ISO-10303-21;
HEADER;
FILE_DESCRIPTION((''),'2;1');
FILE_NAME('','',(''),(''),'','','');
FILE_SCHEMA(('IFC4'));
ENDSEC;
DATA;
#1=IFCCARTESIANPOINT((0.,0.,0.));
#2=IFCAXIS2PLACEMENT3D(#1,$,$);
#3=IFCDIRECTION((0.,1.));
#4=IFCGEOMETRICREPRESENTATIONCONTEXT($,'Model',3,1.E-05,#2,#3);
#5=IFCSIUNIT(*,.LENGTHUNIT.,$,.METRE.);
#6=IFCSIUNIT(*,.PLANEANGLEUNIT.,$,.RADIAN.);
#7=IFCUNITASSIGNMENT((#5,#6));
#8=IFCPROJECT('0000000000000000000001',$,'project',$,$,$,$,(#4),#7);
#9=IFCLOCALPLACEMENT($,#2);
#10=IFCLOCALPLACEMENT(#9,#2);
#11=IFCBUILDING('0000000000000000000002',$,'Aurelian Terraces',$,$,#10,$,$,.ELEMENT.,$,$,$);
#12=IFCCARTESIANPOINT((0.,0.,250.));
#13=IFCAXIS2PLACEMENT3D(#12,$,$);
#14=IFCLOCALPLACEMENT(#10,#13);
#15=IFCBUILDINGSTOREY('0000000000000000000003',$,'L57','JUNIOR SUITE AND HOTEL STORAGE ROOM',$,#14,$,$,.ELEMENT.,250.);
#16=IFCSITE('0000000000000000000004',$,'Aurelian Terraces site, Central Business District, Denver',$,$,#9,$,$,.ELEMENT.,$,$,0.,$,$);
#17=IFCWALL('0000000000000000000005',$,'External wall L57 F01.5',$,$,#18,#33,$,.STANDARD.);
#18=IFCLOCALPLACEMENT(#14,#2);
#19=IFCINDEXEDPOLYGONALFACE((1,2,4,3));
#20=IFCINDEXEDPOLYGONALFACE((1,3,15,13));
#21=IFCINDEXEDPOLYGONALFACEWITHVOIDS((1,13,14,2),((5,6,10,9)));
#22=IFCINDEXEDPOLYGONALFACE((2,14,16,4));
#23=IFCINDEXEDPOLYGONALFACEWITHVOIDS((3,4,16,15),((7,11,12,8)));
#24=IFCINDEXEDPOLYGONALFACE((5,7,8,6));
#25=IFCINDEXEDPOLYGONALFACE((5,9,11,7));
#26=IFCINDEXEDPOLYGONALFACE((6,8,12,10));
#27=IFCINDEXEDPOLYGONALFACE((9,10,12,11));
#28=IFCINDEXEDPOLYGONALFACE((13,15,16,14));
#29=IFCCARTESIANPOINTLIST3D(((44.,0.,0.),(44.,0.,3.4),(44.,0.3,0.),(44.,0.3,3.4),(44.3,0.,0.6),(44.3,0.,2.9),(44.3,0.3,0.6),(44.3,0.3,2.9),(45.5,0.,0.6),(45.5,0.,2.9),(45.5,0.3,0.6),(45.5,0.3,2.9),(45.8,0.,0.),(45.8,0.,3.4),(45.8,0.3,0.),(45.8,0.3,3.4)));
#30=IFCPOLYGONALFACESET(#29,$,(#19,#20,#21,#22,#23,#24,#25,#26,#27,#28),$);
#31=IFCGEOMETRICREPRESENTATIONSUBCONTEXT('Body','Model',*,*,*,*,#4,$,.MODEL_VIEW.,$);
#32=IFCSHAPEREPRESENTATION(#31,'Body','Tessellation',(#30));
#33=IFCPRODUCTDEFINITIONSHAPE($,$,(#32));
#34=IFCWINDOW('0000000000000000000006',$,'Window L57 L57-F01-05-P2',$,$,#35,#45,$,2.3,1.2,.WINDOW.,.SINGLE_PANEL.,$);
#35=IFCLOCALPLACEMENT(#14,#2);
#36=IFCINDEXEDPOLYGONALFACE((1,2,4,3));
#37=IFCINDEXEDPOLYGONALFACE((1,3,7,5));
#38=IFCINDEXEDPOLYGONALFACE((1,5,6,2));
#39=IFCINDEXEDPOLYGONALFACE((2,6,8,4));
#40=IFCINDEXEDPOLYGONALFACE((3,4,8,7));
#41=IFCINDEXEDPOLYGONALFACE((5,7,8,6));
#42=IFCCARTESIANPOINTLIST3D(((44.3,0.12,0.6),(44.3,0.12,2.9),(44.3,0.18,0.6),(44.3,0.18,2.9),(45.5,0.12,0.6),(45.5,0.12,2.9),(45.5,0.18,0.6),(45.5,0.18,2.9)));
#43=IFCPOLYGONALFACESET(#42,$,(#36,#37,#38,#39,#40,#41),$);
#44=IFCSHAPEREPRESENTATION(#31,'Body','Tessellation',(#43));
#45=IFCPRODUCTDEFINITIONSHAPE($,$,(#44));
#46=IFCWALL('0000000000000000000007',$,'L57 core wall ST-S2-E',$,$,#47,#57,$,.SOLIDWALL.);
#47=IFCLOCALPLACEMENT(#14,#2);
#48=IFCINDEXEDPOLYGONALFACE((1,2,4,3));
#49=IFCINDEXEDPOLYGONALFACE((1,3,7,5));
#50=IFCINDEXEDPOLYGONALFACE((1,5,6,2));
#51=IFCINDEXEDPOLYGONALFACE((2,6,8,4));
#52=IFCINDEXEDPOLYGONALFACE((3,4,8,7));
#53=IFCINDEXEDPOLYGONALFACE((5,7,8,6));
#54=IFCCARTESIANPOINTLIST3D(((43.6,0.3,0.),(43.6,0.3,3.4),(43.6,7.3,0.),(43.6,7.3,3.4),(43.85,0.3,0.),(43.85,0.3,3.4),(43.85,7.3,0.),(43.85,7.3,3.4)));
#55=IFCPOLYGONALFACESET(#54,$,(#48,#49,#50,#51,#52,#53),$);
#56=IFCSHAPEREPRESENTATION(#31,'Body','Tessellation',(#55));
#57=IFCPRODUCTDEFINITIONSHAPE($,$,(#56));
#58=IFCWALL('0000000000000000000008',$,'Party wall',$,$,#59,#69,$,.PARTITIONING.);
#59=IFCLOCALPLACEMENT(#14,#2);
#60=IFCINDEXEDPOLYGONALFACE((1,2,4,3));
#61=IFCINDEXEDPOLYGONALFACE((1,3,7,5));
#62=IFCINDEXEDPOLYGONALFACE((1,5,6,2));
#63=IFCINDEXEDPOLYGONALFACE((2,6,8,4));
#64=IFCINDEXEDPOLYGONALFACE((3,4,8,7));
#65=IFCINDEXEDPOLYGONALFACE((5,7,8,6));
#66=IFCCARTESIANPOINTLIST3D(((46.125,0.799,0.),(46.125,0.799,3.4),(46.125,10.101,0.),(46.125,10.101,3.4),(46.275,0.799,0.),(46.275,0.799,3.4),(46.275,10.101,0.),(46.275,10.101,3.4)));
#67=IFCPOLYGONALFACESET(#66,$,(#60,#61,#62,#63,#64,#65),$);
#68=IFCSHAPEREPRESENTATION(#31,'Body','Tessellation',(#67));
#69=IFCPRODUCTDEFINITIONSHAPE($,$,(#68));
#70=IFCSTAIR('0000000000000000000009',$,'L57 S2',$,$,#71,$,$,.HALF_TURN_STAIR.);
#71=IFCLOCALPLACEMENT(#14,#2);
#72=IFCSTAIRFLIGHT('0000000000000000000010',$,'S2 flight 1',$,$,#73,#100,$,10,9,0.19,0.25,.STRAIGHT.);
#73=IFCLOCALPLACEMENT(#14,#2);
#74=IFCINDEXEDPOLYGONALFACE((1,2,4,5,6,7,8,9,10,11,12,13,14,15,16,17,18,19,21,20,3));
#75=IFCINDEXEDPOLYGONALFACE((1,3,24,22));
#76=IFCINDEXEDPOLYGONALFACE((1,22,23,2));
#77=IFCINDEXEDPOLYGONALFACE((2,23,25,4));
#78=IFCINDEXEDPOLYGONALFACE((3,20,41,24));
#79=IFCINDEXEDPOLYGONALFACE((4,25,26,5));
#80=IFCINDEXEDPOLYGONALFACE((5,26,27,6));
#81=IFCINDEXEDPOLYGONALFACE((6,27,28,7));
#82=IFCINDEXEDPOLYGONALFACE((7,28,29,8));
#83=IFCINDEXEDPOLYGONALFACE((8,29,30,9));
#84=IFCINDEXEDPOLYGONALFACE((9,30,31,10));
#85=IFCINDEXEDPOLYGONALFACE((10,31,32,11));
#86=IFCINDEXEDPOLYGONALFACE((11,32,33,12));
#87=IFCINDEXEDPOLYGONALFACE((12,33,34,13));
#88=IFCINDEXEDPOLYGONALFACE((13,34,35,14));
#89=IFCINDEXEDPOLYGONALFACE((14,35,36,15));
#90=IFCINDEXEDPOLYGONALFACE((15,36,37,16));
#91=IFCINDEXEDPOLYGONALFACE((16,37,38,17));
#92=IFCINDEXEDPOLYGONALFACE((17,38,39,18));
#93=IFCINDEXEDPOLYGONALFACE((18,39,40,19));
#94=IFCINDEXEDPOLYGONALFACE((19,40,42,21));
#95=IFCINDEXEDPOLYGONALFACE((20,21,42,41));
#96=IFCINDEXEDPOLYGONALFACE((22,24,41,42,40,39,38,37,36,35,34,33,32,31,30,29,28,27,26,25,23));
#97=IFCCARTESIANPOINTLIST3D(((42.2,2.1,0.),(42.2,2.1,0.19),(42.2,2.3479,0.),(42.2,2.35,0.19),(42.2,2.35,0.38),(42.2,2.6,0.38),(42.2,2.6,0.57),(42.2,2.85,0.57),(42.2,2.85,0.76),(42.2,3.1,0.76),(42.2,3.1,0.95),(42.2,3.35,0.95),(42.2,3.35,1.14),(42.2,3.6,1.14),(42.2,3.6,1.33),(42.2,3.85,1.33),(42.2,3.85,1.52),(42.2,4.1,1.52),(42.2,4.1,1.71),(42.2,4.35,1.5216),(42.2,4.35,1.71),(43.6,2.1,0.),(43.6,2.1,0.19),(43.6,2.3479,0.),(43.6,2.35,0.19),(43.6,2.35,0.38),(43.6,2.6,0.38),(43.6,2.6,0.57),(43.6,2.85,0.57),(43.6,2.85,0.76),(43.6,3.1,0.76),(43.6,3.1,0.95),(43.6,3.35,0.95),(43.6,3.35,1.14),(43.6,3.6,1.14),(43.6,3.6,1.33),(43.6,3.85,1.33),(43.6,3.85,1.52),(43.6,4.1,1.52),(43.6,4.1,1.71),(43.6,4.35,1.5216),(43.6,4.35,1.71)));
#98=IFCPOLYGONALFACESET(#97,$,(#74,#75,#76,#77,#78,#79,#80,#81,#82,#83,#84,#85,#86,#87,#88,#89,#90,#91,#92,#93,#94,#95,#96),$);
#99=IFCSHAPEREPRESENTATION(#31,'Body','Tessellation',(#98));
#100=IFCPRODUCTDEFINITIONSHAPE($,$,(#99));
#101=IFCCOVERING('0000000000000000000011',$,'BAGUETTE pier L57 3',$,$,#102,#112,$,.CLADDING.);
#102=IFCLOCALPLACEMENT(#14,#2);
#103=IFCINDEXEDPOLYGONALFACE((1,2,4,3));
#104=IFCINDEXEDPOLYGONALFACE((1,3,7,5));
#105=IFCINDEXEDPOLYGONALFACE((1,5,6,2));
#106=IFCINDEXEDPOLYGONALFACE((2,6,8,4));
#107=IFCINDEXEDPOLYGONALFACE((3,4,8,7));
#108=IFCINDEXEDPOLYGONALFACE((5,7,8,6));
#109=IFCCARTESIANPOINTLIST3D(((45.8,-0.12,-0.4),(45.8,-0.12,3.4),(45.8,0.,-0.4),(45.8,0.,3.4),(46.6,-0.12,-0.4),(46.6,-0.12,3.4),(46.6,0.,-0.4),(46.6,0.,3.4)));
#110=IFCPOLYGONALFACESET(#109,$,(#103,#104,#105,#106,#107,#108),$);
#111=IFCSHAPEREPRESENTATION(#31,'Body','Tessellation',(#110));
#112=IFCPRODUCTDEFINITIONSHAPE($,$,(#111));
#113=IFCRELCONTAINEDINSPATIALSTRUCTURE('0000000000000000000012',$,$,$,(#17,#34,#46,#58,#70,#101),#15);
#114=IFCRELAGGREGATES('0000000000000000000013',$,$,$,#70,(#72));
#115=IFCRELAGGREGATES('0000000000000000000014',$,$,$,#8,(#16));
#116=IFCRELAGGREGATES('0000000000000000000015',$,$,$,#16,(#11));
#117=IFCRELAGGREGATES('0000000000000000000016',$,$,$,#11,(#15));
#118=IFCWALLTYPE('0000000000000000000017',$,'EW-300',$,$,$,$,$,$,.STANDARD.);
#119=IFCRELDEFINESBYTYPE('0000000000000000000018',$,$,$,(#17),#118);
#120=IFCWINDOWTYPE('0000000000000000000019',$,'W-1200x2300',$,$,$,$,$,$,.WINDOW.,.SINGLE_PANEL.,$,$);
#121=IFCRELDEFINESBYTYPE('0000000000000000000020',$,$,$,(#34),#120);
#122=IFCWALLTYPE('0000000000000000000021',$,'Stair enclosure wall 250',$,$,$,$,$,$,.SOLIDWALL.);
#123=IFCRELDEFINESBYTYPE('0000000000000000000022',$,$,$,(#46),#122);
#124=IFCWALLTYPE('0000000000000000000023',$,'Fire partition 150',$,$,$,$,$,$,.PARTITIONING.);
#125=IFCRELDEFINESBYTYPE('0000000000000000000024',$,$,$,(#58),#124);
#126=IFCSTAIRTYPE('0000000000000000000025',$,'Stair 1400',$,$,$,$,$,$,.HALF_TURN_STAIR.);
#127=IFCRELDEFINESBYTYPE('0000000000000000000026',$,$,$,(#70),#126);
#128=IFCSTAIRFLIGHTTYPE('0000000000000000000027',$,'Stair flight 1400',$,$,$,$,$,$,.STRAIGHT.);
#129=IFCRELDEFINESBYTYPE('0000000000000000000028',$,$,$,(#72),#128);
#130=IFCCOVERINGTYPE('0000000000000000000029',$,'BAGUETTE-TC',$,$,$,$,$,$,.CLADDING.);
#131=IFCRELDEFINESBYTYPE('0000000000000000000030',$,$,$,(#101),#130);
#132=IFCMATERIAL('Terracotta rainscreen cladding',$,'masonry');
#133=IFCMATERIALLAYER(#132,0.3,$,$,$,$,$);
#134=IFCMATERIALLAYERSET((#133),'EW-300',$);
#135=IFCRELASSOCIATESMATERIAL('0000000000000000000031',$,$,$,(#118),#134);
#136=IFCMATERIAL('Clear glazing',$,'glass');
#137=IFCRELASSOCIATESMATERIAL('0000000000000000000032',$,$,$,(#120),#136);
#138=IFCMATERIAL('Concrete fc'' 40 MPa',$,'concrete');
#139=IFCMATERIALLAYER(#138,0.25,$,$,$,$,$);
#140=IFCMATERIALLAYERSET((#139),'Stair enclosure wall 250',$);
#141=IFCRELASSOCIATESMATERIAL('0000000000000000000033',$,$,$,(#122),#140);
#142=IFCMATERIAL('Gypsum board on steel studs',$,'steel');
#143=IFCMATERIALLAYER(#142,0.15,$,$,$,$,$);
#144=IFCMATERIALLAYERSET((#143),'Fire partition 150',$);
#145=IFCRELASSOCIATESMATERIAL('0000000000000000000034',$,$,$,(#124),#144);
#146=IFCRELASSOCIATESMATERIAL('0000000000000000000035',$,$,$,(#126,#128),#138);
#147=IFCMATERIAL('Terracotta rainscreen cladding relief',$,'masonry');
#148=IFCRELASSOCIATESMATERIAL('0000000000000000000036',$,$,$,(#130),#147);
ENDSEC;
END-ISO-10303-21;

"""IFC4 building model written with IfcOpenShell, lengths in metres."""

from ifc_helpers import new_model, si_unit, direction, frame, frame_2d, origin, origin_2d, place, context, subcontext, project, spatial, polyline, rectangle, outline, extrude, source, transform, mapped, material, layer, layer_set, type_object, element, fill, aggregate, save


model = new_model("IFC4")

# Units and contexts
model_context = context("Model", 3, precision=1e-05, world=origin(), true_north=direction((0.0, 1.0)))
body_context = subcontext(model_context, "Body", "Model", "MODEL_VIEW")
ifc_project = project(units=[si_unit("LENGTHUNIT", "METRE"), si_unit("PLANEANGLEUNIT", "RADIAN")], contexts=[model_context])

# Site, building, storey
site_placement = place(None, origin())
site = spatial("IfcSite", under=ifc_project, at=site_placement, Name="Aurelian Terraces site, Central Business District, Denver", CompositionType="ELEMENT", RefElevation=0.0)
building_placement = place(site_placement, origin())
building = spatial("IfcBuilding", under=site, at=building_placement, Name="Aurelian Terraces", CompositionType="ELEMENT")
storey_placement = place(building_placement, frame((0.0, 0.0, 250.0)))
storey = spatial("IfcBuildingStorey", under=building, at=storey_placement, Name="L57", Description="JUNIOR SUITE AND HOTEL STORAGE ROOM", CompositionType="ELEMENT", Elevation=250.0)

# Shared definitions
ifc_material_1 = material(Name="Terracotta rainscreen cladding", Category="masonry")
ifc_layer_1 = layer(ifc_material_1, 0.3)
ifc_layer_set_1 = layer_set([ifc_layer_1], Name="EW-300")
wall_type_1 = type_object("IfcWallType", Name="EW-300", PredefinedType="STANDARD", material=ifc_layer_set_1)
ifc_material_2 = material(Name="Clear glazing", Category="glass")
shared_shape_1 = source(origin(), body_context, "Body", "SweptSolid", [
    extrude(rectangle(XDim=1.2, YDim=2.3, at=frame_2d((0.6, 1.15))), frame((0.0, 0.16, 0.0), z_axis=(0.0, -1.0, 0.0), x_axis=(1.0, 0.0, 0.0)), (0.0, 0.0, 1.0), 0.32),
])
window_type_1 = type_object("IfcWindowType", Name="W-1200x2300", PartitioningType="SINGLE_PANEL", PredefinedType="WINDOW", material=ifc_material_2)
shared_shape_2 = source(origin(), body_context, "Body", "SweptSolid", [
    extrude(rectangle(XDim=1.2, YDim=2.3, at=frame_2d((0.6, 1.15))), frame((0.0, 0.03, 0.0), z_axis=(0.0, -1.0, 0.0), x_axis=(1.0, 0.0, 0.0)), (0.0, 0.0, 1.0), 0.06),
])

# Wall, opening, window
shared_shape_3 = source(origin(), body_context, "Body", "SweptSolid", [
    extrude(rectangle(XDim=1.8, YDim=0.3, at=frame_2d((0.9, 0.0))), origin(), (0.0, 0.0, 1.0), 3.4),
])
wall_1_placement = place(storey_placement, frame((44.0, 0.15, 0.0), z_axis=(0.0, 0.0, 1.0), x_axis=(1.0, 0.0, 0.0)))
wall_1 = element("IfcWall", 1, at=wall_1_placement, inside=storey, type_object=wall_type_1, Name="External wall L57 F01.5", PredefinedType="STANDARD", context=body_context, shape_type="MappedRepresentation", body=[
    mapped(shared_shape_3, transform((0.0, 0.0, 0.0), scale=1.0)),
])
opening_1_placement = place(wall_1_placement, frame((0.3, 0.0, 0.6)))
opening_1 = element("IfcOpeningElement", 2, at=opening_1_placement, cuts=wall_1, PredefinedType="OPENING", context=body_context, shape_type="MappedRepresentation", body=[
    mapped(shared_shape_1, transform((0.0, 0.0, 0.0), scale=1.0)),
])
window_1_placement = place(opening_1_placement, origin())
window_1 = element("IfcWindow", 3, at=window_1_placement, inside=storey, type_object=window_type_1, Name="Window L57 L57-F01-05-P2", OverallHeight=2.3, OverallWidth=1.2, PartitioningType="SINGLE_PANEL", PredefinedType="WINDOW", context=body_context, shape_type="MappedRepresentation", body=[
    mapped(shared_shape_2, transform((0.0, 0.0, 0.0), scale=1.0)),
])
fill(opening_1, window_1)

# Walls
ifc_material_3 = material(Name="Concrete fc' 40 MPa", Category="concrete")
ifc_layer_2 = layer(ifc_material_3, 0.25)
ifc_layer_set_2 = layer_set([ifc_layer_2], Name="Stair enclosure wall 250")
wall_type_2 = type_object("IfcWallType", Name="Stair enclosure wall 250", PredefinedType="SOLIDWALL", material=ifc_layer_set_2)
shared_shape_4 = source(origin(), body_context, "Body", "SweptSolid", [
    extrude(rectangle(XDim=7.0, YDim=0.25, at=frame_2d((3.5, 0.0))), origin(), (0.0, 0.0, 1.0), 3.4),
])
wall_2_placement = place(storey_placement, frame((43.725, 0.3, 0.0), z_axis=(0.0, 0.0, 1.0), x_axis=(0.0, 1.0, 0.0)))
element("IfcWall", 4, at=wall_2_placement, inside=storey, type_object=wall_type_2, Name="L57 core wall ST-S2-E", PredefinedType="SOLIDWALL", context=body_context, shape_type="MappedRepresentation", body=[
    mapped(shared_shape_4, transform((0.0, 0.0, 0.0), scale=1.0)),
])
ifc_material_4 = material(Name="Gypsum board on steel studs", Category="steel")
ifc_layer_3 = layer(ifc_material_4, 0.15)
ifc_layer_set_3 = layer_set([ifc_layer_3], Name="Fire partition 150")
wall_type_3 = type_object("IfcWallType", Name="Fire partition 150", PredefinedType="PARTITIONING", material=ifc_layer_set_3)
shared_shape_5 = source(origin(), body_context, "Body", "SweptSolid", [
    extrude(rectangle(XDim=9.302, YDim=0.15, at=frame_2d((4.651, 0.0))), origin(), (0.0, 0.0, 1.0), 3.4),
])
wall_3_placement = place(storey_placement, frame((46.2, 0.799, 0.0), z_axis=(0.0, 0.0, 1.0), x_axis=(0.0, 1.0, 0.0)))
element("IfcWall", 5, at=wall_3_placement, inside=storey, type_object=wall_type_3, Name="Party wall", PredefinedType="PARTITIONING", context=body_context, shape_type="MappedRepresentation", body=[
    mapped(shared_shape_5, transform((0.0, 0.0, 0.0), scale=1.0)),
])

# Stair, stair flight
stair_type = type_object("IfcStairType", Name="Stair 1400", PredefinedType="HALF_TURN_STAIR", material=ifc_material_3)
stair_placement = place(storey_placement, origin())
stair = element("IfcStair", 6, at=stair_placement, inside=storey, type_object=stair_type, Name="L57 S2", PredefinedType="HALF_TURN_STAIR")
stair_flight_type = type_object("IfcStairFlightType", Name="Stair flight 1400", PredefinedType="STRAIGHT", material=ifc_material_3)
shared_shape_6 = source(origin(), body_context, "Body", "SweptSolid", [
    extrude(outline(polyline([(0.0, 0.0), (0.0, 0.19), (0.25, 0.19), (0.25, 0.38), (0.5, 0.38), (0.5, 0.57), (0.75, 0.57), (0.75, 0.76), (1.0, 0.76), (1.0, 0.95), (1.25, 0.95), (1.25, 1.14), (1.5, 1.14), (1.5, 1.33), (1.75, 1.33), (1.75, 1.52), (2.0, 1.52), (2.0, 1.71), (2.25, 1.71), (2.25, 1.9), (2.25, 1.5216), (0.2479, 0.0), (0.0, 0.0)])), frame((0.0, 0.7, 0.0), z_axis=(0.0, -1.0, 0.0), x_axis=(1.0, 0.0, 0.0)), (0.0, 0.0, 1.0), 1.4),
])
stair_flight_placement = place(storey_placement, frame((42.9, 2.1, 0.0), z_axis=(0.0, 0.0, 1.0), x_axis=(0.0, 1.0, 0.0)))
stair_flight = element("IfcStairFlight", 7, at=stair_flight_placement, type_object=stair_flight_type, Name="S2 flight 1", NumberOfRisers=10, NumberOfTreads=9, PredefinedType="STRAIGHT", RiserHeight=0.19, TreadLength=0.25, context=body_context, shape_type="MappedRepresentation", body=[
    mapped(shared_shape_6, transform((0.0, 0.0, 0.0), scale=1.0)),
])
aggregate(stair, [stair_flight])

# Covering
ifc_material_5 = material(Name="Terracotta rainscreen cladding relief", Category="masonry")
covering_type = type_object("IfcCoveringType", Name="BAGUETTE-TC", PredefinedType="CLADDING", material=ifc_material_5)
shared_shape_7 = source(origin(), body_context, "Body", "SweptSolid", [
    extrude(rectangle(XDim=0.8, YDim=0.12, at=origin_2d()), origin(), (0.0, 0.0, 1.0), 3.8),
])
covering_placement = place(storey_placement, frame((46.2, -0.06, -0.4), z_axis=(0.0, 0.0, 1.0), x_axis=(1.0, 0.0, 0.0)))
element("IfcCovering", 8, at=covering_placement, inside=storey, type_object=covering_type, Name="BAGUETTE pier L57 3", PredefinedType="CLADDING", context=body_context, shape_type="MappedRepresentation", body=[
    mapped(shared_shape_7, transform((0.0, 0.0, 0.0), scale=1.0)),
])

save(model, "model.ifc")
